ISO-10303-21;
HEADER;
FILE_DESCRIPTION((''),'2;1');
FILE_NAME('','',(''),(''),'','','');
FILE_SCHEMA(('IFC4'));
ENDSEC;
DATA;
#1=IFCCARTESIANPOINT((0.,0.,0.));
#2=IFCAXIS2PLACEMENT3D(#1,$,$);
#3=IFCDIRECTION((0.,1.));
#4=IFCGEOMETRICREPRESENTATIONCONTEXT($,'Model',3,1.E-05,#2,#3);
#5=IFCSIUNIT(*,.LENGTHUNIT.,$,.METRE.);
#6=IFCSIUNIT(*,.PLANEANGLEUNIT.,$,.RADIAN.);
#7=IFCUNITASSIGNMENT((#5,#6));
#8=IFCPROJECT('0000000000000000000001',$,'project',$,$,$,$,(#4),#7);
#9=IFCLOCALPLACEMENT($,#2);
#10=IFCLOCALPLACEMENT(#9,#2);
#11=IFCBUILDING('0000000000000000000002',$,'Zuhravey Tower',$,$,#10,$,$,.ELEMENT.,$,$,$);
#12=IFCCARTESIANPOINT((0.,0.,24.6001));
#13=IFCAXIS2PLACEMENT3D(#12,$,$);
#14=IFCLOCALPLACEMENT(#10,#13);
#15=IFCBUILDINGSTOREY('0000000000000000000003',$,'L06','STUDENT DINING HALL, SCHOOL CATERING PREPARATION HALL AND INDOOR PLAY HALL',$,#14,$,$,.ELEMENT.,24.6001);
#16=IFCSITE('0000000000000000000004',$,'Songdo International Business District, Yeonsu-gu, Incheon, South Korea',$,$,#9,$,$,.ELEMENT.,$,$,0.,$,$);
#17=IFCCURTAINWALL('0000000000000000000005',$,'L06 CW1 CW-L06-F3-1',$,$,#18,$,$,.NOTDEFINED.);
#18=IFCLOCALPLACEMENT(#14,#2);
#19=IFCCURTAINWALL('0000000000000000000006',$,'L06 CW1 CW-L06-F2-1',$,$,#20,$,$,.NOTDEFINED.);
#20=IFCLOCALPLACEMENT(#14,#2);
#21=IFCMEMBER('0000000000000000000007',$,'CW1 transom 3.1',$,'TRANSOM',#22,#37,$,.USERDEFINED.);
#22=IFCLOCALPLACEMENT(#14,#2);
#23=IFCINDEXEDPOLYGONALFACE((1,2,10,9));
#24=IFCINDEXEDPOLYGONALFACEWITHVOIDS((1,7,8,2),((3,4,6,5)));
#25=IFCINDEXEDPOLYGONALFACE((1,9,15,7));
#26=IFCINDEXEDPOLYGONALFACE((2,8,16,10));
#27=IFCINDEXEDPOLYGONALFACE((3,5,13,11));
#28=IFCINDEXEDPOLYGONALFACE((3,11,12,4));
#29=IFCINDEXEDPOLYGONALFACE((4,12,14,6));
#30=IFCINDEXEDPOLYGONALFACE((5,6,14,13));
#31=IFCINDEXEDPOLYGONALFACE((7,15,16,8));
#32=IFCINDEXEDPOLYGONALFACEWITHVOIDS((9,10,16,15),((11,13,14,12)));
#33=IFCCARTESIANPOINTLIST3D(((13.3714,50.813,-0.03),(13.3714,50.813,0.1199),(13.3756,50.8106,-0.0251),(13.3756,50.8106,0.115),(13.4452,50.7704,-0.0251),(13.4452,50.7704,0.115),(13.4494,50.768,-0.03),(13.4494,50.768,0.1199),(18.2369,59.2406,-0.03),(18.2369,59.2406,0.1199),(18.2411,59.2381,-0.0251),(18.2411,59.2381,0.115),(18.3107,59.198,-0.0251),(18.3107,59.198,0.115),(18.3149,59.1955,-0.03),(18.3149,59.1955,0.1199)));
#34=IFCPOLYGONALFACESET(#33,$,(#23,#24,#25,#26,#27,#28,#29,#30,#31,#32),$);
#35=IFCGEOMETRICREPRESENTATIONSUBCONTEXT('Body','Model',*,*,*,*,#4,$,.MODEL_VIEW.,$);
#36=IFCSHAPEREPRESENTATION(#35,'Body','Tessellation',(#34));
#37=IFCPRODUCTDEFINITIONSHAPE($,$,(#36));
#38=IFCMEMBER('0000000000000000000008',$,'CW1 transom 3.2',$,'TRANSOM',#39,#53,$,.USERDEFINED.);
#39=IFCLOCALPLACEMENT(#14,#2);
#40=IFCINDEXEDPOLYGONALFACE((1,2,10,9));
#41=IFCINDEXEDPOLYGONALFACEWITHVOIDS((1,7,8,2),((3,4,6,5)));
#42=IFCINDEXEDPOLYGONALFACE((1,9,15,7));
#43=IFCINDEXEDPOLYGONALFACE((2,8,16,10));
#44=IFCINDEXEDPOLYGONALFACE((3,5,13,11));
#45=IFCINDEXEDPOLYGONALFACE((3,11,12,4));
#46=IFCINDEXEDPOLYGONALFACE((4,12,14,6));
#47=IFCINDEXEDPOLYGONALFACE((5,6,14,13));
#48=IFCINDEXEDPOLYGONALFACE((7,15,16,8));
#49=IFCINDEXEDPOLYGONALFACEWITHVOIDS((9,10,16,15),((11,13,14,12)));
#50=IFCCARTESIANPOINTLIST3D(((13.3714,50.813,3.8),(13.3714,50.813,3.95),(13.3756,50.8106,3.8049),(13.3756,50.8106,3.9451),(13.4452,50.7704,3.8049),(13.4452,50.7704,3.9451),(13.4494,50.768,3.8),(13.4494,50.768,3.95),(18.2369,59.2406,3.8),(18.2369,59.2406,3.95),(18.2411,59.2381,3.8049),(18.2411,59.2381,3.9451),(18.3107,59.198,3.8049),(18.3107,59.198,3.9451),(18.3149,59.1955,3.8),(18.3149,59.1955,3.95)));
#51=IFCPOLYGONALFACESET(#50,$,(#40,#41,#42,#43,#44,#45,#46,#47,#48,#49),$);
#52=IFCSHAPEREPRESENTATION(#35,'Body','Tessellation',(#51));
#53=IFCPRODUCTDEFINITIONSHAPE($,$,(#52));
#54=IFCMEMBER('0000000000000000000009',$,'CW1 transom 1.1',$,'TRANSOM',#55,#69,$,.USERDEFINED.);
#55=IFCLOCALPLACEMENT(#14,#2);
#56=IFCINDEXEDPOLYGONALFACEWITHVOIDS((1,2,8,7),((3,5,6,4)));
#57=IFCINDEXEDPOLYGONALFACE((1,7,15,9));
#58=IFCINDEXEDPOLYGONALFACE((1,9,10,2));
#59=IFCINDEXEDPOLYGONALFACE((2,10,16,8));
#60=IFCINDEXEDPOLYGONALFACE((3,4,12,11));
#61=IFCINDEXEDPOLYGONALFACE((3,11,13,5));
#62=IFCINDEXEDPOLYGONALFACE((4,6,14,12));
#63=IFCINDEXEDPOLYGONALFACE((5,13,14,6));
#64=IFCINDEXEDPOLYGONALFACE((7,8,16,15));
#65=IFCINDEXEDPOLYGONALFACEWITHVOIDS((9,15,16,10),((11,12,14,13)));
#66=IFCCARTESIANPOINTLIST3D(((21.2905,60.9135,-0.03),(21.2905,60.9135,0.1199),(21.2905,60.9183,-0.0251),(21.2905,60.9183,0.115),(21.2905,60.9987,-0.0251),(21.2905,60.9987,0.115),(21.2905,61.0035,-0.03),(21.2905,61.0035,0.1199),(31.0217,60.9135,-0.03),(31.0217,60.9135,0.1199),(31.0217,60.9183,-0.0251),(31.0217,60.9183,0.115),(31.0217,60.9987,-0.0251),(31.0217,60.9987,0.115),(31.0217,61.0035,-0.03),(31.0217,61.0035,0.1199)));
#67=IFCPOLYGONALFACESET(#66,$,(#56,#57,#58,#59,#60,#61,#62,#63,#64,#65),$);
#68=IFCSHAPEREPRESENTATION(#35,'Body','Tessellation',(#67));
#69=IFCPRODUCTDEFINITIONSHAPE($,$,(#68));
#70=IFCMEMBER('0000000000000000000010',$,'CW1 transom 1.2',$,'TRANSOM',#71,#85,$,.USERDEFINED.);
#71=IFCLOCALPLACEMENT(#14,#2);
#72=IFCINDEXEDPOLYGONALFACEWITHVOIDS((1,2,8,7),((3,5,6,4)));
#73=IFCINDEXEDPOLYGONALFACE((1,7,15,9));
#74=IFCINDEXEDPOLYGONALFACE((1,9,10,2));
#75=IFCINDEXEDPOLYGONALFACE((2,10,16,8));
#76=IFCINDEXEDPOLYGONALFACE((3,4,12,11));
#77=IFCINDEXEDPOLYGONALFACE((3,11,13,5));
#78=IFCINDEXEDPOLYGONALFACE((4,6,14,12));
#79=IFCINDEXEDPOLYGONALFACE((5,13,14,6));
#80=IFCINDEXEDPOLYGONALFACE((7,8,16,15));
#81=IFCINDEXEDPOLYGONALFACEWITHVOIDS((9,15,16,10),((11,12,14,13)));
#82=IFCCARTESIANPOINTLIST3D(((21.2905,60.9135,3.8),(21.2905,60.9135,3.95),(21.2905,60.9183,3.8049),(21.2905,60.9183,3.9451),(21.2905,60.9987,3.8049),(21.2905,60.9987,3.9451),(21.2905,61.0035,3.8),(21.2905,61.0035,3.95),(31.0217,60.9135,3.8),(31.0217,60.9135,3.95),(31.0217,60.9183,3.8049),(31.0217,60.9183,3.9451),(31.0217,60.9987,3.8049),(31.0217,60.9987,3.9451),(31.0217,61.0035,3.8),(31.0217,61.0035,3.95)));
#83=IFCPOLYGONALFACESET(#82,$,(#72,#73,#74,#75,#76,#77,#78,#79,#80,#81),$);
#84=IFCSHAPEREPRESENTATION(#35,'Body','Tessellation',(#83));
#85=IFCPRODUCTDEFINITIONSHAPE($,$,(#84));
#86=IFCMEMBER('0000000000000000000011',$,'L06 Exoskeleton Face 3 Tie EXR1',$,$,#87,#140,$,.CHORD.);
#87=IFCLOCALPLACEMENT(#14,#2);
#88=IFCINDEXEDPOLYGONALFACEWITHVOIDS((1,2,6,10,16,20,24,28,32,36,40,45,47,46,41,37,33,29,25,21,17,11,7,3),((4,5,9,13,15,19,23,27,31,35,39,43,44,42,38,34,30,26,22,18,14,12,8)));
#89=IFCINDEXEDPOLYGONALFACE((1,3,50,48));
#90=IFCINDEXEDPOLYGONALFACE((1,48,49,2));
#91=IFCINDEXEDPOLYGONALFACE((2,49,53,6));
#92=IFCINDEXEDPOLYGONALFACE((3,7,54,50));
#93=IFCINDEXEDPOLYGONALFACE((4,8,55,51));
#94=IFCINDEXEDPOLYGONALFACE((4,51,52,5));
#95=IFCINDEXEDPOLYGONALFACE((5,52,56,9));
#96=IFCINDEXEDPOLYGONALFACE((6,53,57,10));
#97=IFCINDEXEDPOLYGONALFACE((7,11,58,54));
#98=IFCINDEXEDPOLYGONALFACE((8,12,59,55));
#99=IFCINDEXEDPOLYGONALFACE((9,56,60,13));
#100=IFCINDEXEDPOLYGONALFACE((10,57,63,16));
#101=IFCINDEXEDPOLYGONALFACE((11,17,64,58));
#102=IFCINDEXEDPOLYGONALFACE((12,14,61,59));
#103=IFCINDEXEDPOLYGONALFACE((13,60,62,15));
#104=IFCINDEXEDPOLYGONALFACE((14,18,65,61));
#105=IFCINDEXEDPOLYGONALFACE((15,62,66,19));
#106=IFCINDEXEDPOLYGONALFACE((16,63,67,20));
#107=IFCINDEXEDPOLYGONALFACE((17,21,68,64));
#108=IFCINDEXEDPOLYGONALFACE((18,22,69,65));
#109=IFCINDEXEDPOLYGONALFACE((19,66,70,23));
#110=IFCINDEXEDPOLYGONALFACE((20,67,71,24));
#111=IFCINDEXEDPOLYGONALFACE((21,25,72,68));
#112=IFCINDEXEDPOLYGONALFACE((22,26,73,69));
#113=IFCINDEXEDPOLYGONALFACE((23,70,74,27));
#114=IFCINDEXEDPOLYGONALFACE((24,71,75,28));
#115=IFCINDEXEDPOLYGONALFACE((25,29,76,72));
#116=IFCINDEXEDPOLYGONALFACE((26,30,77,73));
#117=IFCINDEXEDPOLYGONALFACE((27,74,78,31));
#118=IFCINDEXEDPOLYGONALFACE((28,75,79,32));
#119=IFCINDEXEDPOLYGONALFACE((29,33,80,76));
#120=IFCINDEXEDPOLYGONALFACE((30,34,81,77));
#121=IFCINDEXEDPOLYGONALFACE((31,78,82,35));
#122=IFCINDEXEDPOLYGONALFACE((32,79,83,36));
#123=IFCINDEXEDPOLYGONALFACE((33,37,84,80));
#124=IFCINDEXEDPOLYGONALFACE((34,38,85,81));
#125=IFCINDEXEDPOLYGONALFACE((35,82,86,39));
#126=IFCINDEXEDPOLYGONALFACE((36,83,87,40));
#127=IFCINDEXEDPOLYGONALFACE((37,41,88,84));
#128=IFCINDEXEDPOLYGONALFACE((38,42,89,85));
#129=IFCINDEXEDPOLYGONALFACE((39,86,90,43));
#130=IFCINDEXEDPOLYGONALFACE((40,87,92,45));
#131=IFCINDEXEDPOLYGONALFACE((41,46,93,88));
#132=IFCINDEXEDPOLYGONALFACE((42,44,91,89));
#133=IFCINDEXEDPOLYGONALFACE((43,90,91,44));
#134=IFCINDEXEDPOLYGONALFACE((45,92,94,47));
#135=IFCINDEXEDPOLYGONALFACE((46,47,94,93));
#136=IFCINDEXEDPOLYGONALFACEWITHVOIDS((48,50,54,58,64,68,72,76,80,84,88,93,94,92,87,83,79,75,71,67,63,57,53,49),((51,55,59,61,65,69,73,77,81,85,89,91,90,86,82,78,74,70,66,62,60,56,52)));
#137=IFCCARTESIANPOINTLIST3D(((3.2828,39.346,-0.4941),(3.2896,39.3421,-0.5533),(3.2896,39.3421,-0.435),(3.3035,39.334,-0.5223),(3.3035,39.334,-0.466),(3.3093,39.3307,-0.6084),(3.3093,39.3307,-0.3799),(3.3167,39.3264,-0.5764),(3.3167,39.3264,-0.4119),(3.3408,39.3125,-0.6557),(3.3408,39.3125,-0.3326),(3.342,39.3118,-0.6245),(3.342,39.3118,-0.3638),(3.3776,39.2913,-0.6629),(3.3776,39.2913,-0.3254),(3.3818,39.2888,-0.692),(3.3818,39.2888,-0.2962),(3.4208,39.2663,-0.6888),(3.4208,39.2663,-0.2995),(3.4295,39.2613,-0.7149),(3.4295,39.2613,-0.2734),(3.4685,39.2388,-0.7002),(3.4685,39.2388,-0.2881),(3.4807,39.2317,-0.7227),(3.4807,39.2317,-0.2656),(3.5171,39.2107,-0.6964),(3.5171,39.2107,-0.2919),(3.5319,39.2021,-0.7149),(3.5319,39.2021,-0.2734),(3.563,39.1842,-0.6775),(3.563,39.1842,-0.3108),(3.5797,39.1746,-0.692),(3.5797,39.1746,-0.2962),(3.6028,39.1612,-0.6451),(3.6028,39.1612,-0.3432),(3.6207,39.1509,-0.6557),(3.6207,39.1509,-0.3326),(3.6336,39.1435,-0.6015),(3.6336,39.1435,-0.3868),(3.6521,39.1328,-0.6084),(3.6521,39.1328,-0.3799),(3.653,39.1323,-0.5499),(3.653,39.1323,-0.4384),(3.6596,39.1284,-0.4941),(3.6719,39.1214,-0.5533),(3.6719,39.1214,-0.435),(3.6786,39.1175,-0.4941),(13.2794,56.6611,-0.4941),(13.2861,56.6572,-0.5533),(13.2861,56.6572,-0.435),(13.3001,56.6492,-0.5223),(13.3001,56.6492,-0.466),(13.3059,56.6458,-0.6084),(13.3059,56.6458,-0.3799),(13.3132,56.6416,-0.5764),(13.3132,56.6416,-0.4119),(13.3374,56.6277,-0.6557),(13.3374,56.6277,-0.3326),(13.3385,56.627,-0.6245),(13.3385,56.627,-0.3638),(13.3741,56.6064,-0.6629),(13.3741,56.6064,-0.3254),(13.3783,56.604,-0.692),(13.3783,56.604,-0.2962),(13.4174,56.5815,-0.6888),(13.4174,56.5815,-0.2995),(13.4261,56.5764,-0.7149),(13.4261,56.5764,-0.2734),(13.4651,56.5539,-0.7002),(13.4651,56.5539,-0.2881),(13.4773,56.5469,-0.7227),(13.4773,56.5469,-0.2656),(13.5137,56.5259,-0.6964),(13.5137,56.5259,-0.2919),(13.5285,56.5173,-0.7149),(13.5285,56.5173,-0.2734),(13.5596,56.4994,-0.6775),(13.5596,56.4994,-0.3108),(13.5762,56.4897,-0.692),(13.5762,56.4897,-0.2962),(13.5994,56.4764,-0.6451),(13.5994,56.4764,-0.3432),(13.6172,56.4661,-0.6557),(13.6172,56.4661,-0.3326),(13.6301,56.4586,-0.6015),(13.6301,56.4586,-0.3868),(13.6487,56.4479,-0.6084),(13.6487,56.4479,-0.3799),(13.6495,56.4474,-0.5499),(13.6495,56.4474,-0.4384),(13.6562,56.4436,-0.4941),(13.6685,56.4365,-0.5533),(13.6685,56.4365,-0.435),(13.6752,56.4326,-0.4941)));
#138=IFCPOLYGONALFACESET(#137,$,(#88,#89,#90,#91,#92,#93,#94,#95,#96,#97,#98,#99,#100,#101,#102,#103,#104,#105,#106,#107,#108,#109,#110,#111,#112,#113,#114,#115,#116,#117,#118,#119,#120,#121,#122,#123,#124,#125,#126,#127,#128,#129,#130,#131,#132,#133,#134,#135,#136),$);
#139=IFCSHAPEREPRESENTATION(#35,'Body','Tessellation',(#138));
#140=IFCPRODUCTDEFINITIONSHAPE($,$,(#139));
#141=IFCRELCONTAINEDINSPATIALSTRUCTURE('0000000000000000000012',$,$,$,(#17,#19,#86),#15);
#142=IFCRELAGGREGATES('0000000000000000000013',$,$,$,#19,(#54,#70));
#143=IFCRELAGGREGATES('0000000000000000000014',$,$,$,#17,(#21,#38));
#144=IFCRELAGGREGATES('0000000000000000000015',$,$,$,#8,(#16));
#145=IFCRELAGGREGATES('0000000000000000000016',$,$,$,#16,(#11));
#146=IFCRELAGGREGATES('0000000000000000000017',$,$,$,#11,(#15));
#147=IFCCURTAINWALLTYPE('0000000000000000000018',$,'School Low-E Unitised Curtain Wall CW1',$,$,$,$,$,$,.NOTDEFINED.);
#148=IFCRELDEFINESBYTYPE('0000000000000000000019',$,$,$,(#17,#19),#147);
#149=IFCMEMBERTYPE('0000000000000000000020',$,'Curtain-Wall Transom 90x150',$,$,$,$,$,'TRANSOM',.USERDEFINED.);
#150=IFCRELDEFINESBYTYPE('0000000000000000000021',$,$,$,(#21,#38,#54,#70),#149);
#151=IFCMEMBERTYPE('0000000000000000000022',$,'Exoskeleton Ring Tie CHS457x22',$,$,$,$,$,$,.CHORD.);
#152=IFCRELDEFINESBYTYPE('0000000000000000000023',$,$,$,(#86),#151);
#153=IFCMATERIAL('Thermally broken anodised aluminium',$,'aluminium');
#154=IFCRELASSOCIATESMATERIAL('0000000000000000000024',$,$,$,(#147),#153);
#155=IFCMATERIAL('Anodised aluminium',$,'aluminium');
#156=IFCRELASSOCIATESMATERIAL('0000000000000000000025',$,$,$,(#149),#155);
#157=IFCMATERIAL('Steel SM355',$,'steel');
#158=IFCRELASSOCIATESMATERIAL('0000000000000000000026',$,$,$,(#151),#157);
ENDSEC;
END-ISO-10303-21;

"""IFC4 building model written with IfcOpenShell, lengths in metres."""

from ifc_helpers import new_model, si_unit, direction, frame, origin, origin_2d, place, context, subcontext, project, spatial, hollow_rectangle, hollow_circle, extrude, material, material_profile, profile_set, type_object, element, aggregate, save


model = new_model("IFC4")

# Units and contexts
model_context = context("Model", 3, precision=1e-05, world=origin(), true_north=direction((0.0, 1.0)))
body_context = subcontext(model_context, "Body", "Model", "MODEL_VIEW")
ifc_project = project(units=[si_unit("LENGTHUNIT", "METRE"), si_unit("PLANEANGLEUNIT", "RADIAN")], contexts=[model_context])

# Site, building, storey
site_placement = place(None, origin())
site = spatial("IfcSite", under=ifc_project, at=site_placement, Name="Songdo International Business District, Yeonsu-gu, Incheon, South Korea", CompositionType="ELEMENT", RefElevation=0.0)
building_placement = place(site_placement, origin())
building = spatial("IfcBuilding", under=site, at=building_placement, Name="Zuhravey Tower", CompositionType="ELEMENT")
storey_placement = place(building_placement, frame((0.0, 0.0, 24.6001)))
storey = spatial("IfcBuildingStorey", under=building, at=storey_placement, Name="L06", Description="STUDENT DINING HALL, SCHOOL CATERING PREPARATION HALL AND INDOOR PLAY HALL", CompositionType="ELEMENT", Elevation=24.6001)

# Curtain wall
ifc_material_1 = material(Name="Thermally broken anodised aluminium", Category="aluminium")
curtain_wall_type = type_object("IfcCurtainWallType", Name="School Low-E Unitised Curtain Wall CW1", PredefinedType="NOTDEFINED", material=ifc_material_1)
curtain_wall_1_placement = place(storey_placement, origin())
curtain_wall_1 = element("IfcCurtainWall", 1, at=curtain_wall_1_placement, inside=storey, type_object=curtain_wall_type, Name="L06 CW1 CW-L06-F3-1", PredefinedType="NOTDEFINED")
ifc_material_2 = material(Name="Anodised aluminium", Category="aluminium")

# Curtain wall
curtain_wall_2_placement = place(storey_placement, origin())
curtain_wall_2 = element("IfcCurtainWall", 2, at=curtain_wall_2_placement, inside=storey, type_object=curtain_wall_type, Name="L06 CW1 CW-L06-F2-1", PredefinedType="NOTDEFINED")

# Members
ifc_material_profile_1 = material_profile(ifc_material_2, hollow_rectangle(XDim=0.0901, YDim=0.1499, WallThickness=0.0049, at=origin_2d()), Name="ALU-RHS-90x150x5")
ifc_profile_set_1 = profile_set([ifc_material_profile_1], Name="Anodised aluminium")
member_type_1 = type_object("IfcMemberType", Name="Curtain-Wall Transom 90x150", ElementType="TRANSOM", PredefinedType="USERDEFINED", material=ifc_profile_set_1)
member_1_placement = place(storey_placement, frame((13.4104, 50.7905, 0.0449), z_axis=(0.49999, 0.866031, 0.0), x_axis=(-0.866031, 0.49999, 0.0)))
member_1 = element("IfcMember", 3, at=member_1_placement, type_object=member_type_1, Name="CW1 transom 3.1", ObjectType="TRANSOM", PredefinedType="USERDEFINED", context=body_context, shape_type="SweptSolid", body=[
    extrude(hollow_rectangle(XDim=0.0901, YDim=0.1499, WallThickness=0.0049, at=origin_2d()), origin(), (0.0, 0.0, 1.0), 9.7312),
])
member_2_placement = place(storey_placement, frame((13.4104, 50.7905, 3.875), z_axis=(0.49999, 0.866031, 0.0), x_axis=(-0.866031, 0.49999, 0.0)))
member_2 = element("IfcMember", 4, at=member_2_placement, type_object=member_type_1, Name="CW1 transom 3.2", ObjectType="TRANSOM", PredefinedType="USERDEFINED", context=body_context, shape_type="SweptSolid", body=[
    extrude(hollow_rectangle(XDim=0.0901, YDim=0.1499, WallThickness=0.0049, at=origin_2d()), origin(), (0.0, 0.0, 1.0), 9.7312),
])
member_3_placement = place(storey_placement, frame((21.2905, 60.9585, 0.0449), z_axis=(1.0, 0.0, 0.0), x_axis=(0.0, 1.0, 0.0)))
member_3 = element("IfcMember", 5, at=member_3_placement, type_object=member_type_1, Name="CW1 transom 1.1", ObjectType="TRANSOM", PredefinedType="USERDEFINED", context=body_context, shape_type="SweptSolid", body=[
    extrude(hollow_rectangle(XDim=0.0901, YDim=0.1499, WallThickness=0.0049, at=origin_2d()), origin(), (0.0, 0.0, 1.0), 9.7312),
])
member_4_placement = place(storey_placement, frame((21.2905, 60.9585, 3.875), z_axis=(1.0, 0.0, 0.0), x_axis=(0.0, 1.0, 0.0)))
member_4 = element("IfcMember", 6, at=member_4_placement, type_object=member_type_1, Name="CW1 transom 1.2", ObjectType="TRANSOM", PredefinedType="USERDEFINED", context=body_context, shape_type="SweptSolid", body=[
    extrude(hollow_rectangle(XDim=0.0901, YDim=0.1499, WallThickness=0.0049, at=origin_2d()), origin(), (0.0, 0.0, 1.0), 9.7312),
])
aggregate(curtain_wall_2, [member_3, member_4])

# Member
ifc_material_3 = material(Name="Steel SM355", Category="steel")
ifc_material_profile_2 = material_profile(ifc_material_3, hollow_circle(Radius=0.2285, WallThickness=0.022, at=origin_2d()), Name="CHS-457.2x22")
ifc_profile_set_2 = profile_set([ifc_material_profile_2], Name="Steel SM355")
member_type_2 = type_object("IfcMemberType", Name="Exoskeleton Ring Tie CHS457x22", PredefinedType="CHORD", material=ifc_profile_set_2)
member_5_placement = place(storey_placement, frame((13.4773, 56.5469, -0.4941), z_axis=(-0.499987, -0.866033, 0.0), x_axis=(0.866033, -0.499987, 0.0)))
element("IfcMember", 7, at=member_5_placement, inside=storey, type_object=member_type_2, Name="L06 Exoskeleton Face 3 Tie EXR1", PredefinedType="CHORD", context=body_context, shape_type="SweptSolid", body=[
    extrude(hollow_circle(Radius=0.2285, WallThickness=0.022, at=origin_2d()), origin(), (0.0, 0.0, 1.0), 19.9937),
])

aggregate(curtain_wall_1, [member_1, member_2])

save(model, "model.ifc")
